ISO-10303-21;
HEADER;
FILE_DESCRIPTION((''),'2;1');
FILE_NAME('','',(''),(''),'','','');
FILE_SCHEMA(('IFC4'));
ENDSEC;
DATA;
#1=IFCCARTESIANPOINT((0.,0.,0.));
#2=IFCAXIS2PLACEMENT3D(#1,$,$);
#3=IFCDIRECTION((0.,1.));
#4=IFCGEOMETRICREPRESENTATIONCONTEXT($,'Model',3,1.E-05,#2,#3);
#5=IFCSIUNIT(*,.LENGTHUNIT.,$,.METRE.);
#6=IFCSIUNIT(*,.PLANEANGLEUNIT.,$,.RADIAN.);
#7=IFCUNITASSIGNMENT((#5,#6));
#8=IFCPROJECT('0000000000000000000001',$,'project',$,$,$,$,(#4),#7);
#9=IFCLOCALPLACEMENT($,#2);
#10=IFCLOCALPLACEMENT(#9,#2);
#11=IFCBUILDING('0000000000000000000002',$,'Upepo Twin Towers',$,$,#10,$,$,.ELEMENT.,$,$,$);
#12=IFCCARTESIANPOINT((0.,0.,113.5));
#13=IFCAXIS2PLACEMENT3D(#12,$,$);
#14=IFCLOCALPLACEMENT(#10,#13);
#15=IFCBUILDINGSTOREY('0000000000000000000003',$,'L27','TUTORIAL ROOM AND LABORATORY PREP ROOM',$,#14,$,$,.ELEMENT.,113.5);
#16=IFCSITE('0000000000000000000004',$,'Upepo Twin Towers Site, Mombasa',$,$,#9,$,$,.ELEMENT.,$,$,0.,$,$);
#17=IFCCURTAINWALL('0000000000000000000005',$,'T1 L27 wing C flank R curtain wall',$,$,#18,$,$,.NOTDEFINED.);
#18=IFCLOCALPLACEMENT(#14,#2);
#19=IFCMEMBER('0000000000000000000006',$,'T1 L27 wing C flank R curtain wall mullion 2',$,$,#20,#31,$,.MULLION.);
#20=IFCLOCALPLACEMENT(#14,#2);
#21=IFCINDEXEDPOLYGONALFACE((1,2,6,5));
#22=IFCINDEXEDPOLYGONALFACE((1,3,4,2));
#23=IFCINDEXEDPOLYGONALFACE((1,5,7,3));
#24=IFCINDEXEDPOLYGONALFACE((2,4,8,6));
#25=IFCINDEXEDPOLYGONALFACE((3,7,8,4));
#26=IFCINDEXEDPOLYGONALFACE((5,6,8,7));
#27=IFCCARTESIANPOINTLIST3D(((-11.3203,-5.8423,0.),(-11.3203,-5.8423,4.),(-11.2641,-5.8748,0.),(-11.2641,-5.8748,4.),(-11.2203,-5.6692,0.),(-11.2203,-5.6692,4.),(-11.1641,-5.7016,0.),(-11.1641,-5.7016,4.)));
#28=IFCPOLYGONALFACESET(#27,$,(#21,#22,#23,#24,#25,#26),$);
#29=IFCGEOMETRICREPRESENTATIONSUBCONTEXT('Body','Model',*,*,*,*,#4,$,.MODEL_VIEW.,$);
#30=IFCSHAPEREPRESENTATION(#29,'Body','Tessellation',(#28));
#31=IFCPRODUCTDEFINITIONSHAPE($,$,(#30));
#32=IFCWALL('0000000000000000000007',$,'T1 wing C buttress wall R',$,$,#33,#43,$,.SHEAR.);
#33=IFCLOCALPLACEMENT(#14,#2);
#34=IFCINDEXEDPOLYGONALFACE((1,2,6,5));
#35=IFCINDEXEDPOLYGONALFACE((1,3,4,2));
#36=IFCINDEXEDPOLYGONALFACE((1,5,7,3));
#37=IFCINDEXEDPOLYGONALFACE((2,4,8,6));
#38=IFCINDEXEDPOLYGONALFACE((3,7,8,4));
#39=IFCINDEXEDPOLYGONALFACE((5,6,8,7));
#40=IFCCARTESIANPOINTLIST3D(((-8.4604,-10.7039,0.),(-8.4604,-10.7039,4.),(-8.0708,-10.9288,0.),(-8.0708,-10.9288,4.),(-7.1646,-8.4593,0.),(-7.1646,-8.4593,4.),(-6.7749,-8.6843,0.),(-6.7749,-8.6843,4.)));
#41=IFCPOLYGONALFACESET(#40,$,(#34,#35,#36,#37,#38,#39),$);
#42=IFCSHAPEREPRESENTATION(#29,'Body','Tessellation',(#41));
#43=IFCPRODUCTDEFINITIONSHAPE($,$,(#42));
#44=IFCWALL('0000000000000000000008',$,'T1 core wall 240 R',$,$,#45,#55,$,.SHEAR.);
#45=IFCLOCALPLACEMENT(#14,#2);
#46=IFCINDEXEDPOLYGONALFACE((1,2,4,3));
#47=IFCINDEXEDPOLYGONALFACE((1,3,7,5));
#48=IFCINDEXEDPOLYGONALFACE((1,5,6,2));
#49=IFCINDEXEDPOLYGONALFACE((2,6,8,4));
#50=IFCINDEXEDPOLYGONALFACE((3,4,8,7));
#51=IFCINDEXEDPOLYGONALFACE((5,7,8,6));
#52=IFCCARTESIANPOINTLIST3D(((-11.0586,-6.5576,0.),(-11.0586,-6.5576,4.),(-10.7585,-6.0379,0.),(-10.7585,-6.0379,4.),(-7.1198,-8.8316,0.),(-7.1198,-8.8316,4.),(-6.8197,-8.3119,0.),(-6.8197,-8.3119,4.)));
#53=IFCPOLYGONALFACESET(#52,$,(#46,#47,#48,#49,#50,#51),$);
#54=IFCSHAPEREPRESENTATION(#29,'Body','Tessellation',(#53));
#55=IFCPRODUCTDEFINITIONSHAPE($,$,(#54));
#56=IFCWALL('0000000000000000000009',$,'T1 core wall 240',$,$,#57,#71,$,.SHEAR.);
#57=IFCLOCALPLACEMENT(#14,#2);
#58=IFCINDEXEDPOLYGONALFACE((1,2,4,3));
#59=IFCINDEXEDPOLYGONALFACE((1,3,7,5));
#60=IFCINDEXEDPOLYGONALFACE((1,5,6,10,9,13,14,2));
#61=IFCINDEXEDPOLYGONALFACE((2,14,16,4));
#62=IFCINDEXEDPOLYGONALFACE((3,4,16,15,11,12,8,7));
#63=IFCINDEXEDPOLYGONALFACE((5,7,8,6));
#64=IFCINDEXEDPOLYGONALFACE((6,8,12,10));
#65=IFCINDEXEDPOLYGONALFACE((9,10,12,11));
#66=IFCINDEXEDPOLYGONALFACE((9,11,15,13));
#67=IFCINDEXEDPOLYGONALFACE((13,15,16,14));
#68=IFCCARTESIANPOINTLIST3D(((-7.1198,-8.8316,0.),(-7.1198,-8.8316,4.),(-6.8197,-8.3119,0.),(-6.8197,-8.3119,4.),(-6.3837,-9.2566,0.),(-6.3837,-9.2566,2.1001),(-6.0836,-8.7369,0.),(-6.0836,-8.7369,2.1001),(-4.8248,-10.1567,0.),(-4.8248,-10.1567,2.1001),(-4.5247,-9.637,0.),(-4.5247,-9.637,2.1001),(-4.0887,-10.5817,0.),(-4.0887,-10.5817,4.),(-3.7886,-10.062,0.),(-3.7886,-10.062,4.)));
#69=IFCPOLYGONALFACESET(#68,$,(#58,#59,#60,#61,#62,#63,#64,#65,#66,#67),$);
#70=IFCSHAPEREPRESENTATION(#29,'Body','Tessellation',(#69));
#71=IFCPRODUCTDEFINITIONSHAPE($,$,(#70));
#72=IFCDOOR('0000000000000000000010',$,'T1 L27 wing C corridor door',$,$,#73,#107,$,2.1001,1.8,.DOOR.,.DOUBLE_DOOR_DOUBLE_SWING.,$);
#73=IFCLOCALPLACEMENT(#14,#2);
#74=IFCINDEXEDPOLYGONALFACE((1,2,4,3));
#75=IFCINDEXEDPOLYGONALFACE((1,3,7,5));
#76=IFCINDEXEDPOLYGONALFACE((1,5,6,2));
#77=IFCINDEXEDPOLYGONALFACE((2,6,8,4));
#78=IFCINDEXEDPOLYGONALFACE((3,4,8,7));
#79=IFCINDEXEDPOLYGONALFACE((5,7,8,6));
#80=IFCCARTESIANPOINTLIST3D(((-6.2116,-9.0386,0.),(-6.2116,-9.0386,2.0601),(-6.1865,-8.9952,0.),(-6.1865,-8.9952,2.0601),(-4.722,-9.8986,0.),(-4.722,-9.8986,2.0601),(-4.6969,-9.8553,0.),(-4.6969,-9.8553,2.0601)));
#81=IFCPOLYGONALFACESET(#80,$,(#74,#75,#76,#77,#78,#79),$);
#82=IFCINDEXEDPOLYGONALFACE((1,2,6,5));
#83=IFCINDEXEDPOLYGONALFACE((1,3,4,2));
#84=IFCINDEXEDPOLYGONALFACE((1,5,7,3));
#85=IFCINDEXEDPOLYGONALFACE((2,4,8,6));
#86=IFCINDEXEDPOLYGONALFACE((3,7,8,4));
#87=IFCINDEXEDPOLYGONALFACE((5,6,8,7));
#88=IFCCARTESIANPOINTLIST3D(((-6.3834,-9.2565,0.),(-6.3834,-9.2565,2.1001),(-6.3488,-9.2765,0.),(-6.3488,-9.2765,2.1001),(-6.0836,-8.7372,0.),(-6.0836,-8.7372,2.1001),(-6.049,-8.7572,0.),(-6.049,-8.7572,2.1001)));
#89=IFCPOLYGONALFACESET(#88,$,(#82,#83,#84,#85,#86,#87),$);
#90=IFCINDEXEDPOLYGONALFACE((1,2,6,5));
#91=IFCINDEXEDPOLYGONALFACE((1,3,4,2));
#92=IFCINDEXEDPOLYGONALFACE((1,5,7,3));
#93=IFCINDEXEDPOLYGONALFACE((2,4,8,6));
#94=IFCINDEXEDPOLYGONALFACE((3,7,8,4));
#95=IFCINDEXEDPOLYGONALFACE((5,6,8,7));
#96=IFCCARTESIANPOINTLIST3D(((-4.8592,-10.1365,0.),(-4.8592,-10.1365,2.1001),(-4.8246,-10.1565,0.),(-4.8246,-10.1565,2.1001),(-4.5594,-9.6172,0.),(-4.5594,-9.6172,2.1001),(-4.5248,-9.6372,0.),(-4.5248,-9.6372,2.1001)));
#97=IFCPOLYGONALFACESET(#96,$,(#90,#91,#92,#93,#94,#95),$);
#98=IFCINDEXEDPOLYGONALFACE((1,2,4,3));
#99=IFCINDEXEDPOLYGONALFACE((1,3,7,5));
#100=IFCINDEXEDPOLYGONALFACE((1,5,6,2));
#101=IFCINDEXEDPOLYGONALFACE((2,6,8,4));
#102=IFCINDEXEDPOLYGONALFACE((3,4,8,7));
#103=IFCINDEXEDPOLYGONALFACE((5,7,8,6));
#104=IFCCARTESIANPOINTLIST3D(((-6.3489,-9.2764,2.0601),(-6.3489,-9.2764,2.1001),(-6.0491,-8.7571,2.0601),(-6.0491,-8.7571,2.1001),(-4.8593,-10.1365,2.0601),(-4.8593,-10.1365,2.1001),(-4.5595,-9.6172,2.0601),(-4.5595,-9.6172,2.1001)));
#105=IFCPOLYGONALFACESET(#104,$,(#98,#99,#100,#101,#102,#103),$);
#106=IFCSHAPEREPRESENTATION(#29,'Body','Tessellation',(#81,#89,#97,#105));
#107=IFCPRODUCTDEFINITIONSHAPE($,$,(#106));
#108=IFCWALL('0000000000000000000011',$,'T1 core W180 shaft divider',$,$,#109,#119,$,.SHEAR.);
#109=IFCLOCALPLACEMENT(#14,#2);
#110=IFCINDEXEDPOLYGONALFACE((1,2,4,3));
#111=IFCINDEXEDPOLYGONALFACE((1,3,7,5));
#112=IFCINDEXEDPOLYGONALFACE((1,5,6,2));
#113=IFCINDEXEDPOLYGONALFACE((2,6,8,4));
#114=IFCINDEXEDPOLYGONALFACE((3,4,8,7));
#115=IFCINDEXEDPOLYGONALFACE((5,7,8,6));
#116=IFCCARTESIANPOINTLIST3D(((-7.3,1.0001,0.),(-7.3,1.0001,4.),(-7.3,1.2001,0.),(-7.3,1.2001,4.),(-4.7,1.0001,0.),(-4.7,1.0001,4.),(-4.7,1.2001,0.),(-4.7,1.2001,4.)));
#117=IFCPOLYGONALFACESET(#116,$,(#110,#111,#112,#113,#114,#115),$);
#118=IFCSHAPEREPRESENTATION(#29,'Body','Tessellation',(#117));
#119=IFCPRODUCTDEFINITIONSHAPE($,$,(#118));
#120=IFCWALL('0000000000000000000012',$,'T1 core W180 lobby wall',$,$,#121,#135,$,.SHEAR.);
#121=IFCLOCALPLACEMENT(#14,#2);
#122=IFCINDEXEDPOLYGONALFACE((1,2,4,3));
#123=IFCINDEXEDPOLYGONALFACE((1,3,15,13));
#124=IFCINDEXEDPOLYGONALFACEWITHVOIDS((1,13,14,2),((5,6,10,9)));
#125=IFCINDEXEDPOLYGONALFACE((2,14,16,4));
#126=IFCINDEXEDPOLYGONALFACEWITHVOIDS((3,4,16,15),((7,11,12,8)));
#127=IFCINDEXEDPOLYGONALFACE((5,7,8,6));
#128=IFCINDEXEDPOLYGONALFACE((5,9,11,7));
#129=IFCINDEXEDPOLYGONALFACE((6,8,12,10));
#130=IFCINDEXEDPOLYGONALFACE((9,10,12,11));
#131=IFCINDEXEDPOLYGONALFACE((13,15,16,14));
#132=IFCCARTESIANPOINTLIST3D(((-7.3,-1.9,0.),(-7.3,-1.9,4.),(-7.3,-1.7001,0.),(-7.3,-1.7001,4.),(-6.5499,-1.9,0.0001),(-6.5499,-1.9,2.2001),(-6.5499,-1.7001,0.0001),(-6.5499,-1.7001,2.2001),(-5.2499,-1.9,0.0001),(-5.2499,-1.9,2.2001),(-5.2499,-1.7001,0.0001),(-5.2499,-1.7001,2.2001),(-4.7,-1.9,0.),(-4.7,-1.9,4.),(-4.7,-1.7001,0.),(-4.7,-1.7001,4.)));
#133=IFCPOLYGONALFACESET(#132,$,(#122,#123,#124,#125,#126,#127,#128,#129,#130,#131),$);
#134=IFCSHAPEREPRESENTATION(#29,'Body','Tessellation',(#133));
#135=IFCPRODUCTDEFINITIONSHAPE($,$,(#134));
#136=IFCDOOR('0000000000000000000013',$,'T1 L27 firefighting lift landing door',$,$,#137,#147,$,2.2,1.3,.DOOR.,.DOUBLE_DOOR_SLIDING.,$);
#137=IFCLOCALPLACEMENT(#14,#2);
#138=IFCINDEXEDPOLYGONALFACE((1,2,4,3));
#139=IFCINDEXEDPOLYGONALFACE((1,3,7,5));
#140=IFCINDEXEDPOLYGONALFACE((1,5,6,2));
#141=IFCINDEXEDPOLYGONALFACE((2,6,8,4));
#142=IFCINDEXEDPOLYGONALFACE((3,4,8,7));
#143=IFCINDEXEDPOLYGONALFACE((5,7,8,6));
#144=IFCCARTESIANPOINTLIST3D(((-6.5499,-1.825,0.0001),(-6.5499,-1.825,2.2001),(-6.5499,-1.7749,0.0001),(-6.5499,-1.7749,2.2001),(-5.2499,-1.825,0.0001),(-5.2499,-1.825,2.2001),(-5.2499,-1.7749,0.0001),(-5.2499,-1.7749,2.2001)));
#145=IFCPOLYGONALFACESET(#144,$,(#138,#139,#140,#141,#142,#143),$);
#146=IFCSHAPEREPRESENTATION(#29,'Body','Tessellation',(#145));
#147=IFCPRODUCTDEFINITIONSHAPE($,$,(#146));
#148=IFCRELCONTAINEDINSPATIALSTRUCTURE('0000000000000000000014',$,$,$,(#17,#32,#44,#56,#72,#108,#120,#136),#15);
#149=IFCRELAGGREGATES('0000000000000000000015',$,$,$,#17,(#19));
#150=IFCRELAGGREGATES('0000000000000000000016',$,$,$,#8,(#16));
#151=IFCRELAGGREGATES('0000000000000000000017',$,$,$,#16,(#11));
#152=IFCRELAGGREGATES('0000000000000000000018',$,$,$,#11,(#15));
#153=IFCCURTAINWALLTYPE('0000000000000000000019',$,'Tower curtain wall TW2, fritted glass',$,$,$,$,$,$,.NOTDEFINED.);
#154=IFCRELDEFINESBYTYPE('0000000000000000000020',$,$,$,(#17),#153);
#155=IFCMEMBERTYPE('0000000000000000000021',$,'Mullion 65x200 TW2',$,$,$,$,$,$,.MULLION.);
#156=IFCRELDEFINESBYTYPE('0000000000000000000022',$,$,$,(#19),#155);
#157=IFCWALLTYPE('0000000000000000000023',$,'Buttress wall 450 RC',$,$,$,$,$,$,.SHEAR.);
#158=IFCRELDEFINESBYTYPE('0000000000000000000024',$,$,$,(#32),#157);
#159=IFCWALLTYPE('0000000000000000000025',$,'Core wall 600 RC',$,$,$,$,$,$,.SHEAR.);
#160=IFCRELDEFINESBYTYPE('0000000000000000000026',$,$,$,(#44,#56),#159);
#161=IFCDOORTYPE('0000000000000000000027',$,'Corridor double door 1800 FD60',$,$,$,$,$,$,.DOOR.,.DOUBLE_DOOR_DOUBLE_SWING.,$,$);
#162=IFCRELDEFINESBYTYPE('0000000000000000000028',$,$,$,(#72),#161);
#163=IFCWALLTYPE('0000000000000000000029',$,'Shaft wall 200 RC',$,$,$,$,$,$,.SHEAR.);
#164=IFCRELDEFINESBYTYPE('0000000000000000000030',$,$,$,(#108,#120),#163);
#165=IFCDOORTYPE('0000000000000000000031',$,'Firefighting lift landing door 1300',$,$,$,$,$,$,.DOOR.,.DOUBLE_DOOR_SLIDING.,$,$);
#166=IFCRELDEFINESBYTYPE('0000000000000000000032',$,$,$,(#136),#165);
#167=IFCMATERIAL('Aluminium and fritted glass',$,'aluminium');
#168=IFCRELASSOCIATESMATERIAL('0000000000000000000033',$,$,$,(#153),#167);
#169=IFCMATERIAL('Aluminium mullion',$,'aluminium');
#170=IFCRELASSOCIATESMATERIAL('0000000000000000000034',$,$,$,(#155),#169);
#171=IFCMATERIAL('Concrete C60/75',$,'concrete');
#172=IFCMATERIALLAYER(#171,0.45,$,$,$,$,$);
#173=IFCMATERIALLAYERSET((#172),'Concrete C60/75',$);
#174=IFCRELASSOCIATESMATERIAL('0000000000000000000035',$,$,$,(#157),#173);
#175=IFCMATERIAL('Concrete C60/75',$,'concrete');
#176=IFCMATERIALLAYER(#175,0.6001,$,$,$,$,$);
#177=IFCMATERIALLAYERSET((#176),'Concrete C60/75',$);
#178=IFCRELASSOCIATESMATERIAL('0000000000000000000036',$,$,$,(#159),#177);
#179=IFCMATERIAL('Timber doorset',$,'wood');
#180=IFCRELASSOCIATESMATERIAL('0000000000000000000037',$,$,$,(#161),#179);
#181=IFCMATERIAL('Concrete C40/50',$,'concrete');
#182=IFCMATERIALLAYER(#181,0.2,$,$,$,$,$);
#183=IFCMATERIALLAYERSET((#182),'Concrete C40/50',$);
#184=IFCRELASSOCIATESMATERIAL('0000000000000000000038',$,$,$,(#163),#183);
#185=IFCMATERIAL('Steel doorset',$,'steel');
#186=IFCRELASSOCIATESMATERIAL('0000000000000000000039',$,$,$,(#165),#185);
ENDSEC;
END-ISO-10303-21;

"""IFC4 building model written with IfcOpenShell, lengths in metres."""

from ifc_helpers import new_model, si_unit, direction, frame, frame_2d, origin, origin_2d, place, context, subcontext, project, spatial, rectangle, extrude, material, layer, layer_set, material_profile, profile_set, type_object, element, fill, aggregate, save


model = new_model("IFC4")

# Units and contexts
model_context = context("Model", 3, precision=1e-05, world=origin(), true_north=direction((0.0, 1.0)))
body_context = subcontext(model_context, "Body", "Model", "MODEL_VIEW")
ifc_project = project(units=[si_unit("LENGTHUNIT", "METRE"), si_unit("PLANEANGLEUNIT", "RADIAN")], contexts=[model_context])

# Site, building, storey
site_placement = place(None, origin())
site = spatial("IfcSite", under=ifc_project, at=site_placement, Name="Upepo Twin Towers Site, Mombasa", CompositionType="ELEMENT", RefElevation=0.0)
building_placement = place(site_placement, origin())
building = spatial("IfcBuilding", under=site, at=building_placement, Name="Upepo Twin Towers", CompositionType="ELEMENT")
storey_placement = place(building_placement, frame((0.0, 0.0, 113.5)))
storey = spatial("IfcBuildingStorey", under=building, at=storey_placement, Name="L27", Description="TUTORIAL ROOM AND LABORATORY PREP ROOM", CompositionType="ELEMENT", Elevation=113.5)

# Curtain wall, member
ifc_material_1 = material(Name="Aluminium and fritted glass", Category="aluminium")
curtain_wall_type = type_object("IfcCurtainWallType", Name="Tower curtain wall TW2, fritted glass", PredefinedType="NOTDEFINED", material=ifc_material_1)
curtain_wall_placement = place(storey_placement, origin())
curtain_wall = element("IfcCurtainWall", 1, at=curtain_wall_placement, inside=storey, type_object=curtain_wall_type, Name="T1 L27 wing C flank R curtain wall", PredefinedType="NOTDEFINED")
ifc_material_2 = material(Name="Aluminium mullion", Category="aluminium")
ifc_material_profile = material_profile(ifc_material_2, rectangle(XDim=0.0649, YDim=0.2, at=origin_2d()), Name="MULLION 65x200")
ifc_profile_set = profile_set([ifc_material_profile], Name="Aluminium mullion")
member_type = type_object("IfcMemberType", Name="Mullion 65x200 TW2", PredefinedType="MULLION", material=ifc_profile_set)
member_placement = place(storey_placement, frame((-11.2422, -5.772, 0.0), z_axis=(0.0, 0.0, 1.0), x_axis=(-0.866025, 0.5, 0.0)))
member = element("IfcMember", 2, at=member_placement, type_object=member_type, Name="T1 L27 wing C flank R curtain wall mullion 2", PredefinedType="MULLION", context=body_context, shape_type="SweptSolid", body=[
    extrude(rectangle(XDim=0.0649, YDim=0.2, at=origin_2d()), origin(), (0.0, 0.0, 1.0), 4.0),
])
aggregate(curtain_wall, [member])

# Walls
ifc_material_3 = material(Name="Concrete C60/75", Category="concrete")
ifc_layer_1 = layer(ifc_material_3, 0.45)
ifc_layer_set_1 = layer_set([ifc_layer_1], Name="Concrete C60/75")
wall_type_1 = type_object("IfcWallType", Name="Buttress wall 450 RC", PredefinedType="SHEAR", material=ifc_layer_set_1)
wall_1_placement = place(storey_placement, frame((-6.9697, -8.5718, 0.0), z_axis=(0.0, 0.0, 1.0), x_axis=(-0.499989, -0.866032, 0.0)))
element("IfcWall", 3, at=wall_1_placement, inside=storey, type_object=wall_type_1, Name="T1 wing C buttress wall R", PredefinedType="SHEAR", context=body_context, shape_type="SweptSolid", body=[
    extrude(rectangle(XDim=2.5918, YDim=0.45, at=frame_2d((1.2959, 0.0))), origin(), (0.0, 0.0, 1.0), 4.0),
])
ifc_material_4 = material(Name="Concrete C60/75", Category="concrete")
ifc_layer_2 = layer(ifc_material_4, 0.6001)
ifc_layer_set_2 = layer_set([ifc_layer_2], Name="Concrete C60/75")
wall_type_2 = type_object("IfcWallType", Name="Core wall 600 RC", PredefinedType="SHEAR", material=ifc_layer_set_2)
wall_2_placement = place(storey_placement, frame((-10.9084, -6.2979, 0.0), z_axis=(0.0, 0.0, 1.0), x_axis=(0.866035, -0.499984, 0.0)))
element("IfcWall", 4, at=wall_2_placement, inside=storey, type_object=wall_type_2, Name="T1 core wall 240 R", PredefinedType="SHEAR", context=body_context, shape_type="SweptSolid", body=[
    extrude(rectangle(XDim=4.5481, YDim=0.6001, at=frame_2d((2.2739, 0.0))), origin(), (0.0, 0.0, 1.0), 4.0),
])

# Wall, opening, door
wall_3_placement = place(storey_placement, frame((-6.9697, -8.5718, 0.0), z_axis=(0.0, 0.0, 1.0), x_axis=(0.866019, -0.50001, 0.0)))
wall_3 = element("IfcWall", 5, at=wall_3_placement, inside=storey, type_object=wall_type_2, Name="T1 core wall 240", PredefinedType="SHEAR", context=body_context, shape_type="SweptSolid", body=[
    extrude(rectangle(XDim=3.5, YDim=0.6001, at=frame_2d((1.75, 0.0))), origin(), (0.0, 0.0, 1.0), 4.0),
])
opening_1_placement = place(wall_3_placement, frame((0.8501, 0.0, 0.0)))
opening_1 = element("IfcOpeningElement", 6, at=opening_1_placement, cuts=wall_3, PredefinedType="OPENING", context=body_context, shape_type="SweptSolid", body=[
    extrude(rectangle(XDim=1.8, YDim=2.1001, at=frame_2d((0.8999, 1.05))), frame((0.0, 0.3101, 0.0), z_axis=(0.0, -1.0, 0.0), x_axis=(1.0, 0.0, 0.0)), (0.0, 0.0, 1.0), 0.6201),
])
ifc_material_5 = material(Name="Timber doorset", Category="wood")
door_type_1 = type_object("IfcDoorType", Name="Corridor double door 1800 FD60", OperationType="DOUBLE_DOOR_DOUBLE_SWING", PredefinedType="DOOR", material=ifc_material_5)
door_1_placement = place(opening_1_placement, origin())
door_1 = element("IfcDoor", 7, at=door_1_placement, inside=storey, type_object=door_type_1, Name="T1 L27 wing C corridor door", OperationType="DOUBLE_DOOR_DOUBLE_SWING", OverallHeight=2.1001, OverallWidth=1.8, PredefinedType="DOOR", context=body_context, shape_type="SweptSolid", body=[
    extrude(rectangle(XDim=1.72, YDim=2.0601, at=frame_2d((0.8999, 1.03))), frame((0.0, 0.0249, 0.0), z_axis=(0.0, -1.0, 0.0), x_axis=(1.0, 0.0, 0.0)), (0.0, 0.0, 1.0), 0.05),
    extrude(rectangle(XDim=0.04, YDim=2.1001, at=frame_2d((0.02, 1.05))), frame((0.0, 0.2998, 0.0), z_axis=(0.0, -1.0, 0.0), x_axis=(1.0, 0.0, 0.0)), (0.0, 0.0, 1.0), 0.5996),
    extrude(rectangle(XDim=0.04, YDim=2.1001, at=frame_2d((1.78, 1.05))), frame((0.0, 0.2998, 0.0), z_axis=(0.0, -1.0, 0.0), x_axis=(1.0, 0.0, 0.0)), (0.0, 0.0, 1.0), 0.5996),
    extrude(rectangle(XDim=1.72, YDim=0.04, at=frame_2d((0.8999, 2.0801))), frame((0.0, 0.2998, 0.0), z_axis=(0.0, -1.0, 0.0), x_axis=(1.0, 0.0, 0.0)), (0.0, 0.0, 1.0), 0.5996),
])
fill(opening_1, door_1)

# Wall
ifc_material_6 = material(Name="Concrete C40/50", Category="concrete")
ifc_layer_3 = layer(ifc_material_6, 0.2)
ifc_layer_set_3 = layer_set([ifc_layer_3], Name="Concrete C40/50")
wall_type_3 = type_object("IfcWallType", Name="Shaft wall 200 RC", PredefinedType="SHEAR", material=ifc_layer_set_3)
wall_4_placement = place(storey_placement, frame((-4.7, 1.1001, 0.0), z_axis=(0.0, 0.0, 1.0), x_axis=(-1.0, 0.0, 0.0)))
element("IfcWall", 8, at=wall_4_placement, inside=storey, type_object=wall_type_3, Name="T1 core W180 shaft divider", PredefinedType="SHEAR", context=body_context, shape_type="SweptSolid", body=[
    extrude(rectangle(XDim=2.6001, YDim=0.2, at=frame_2d((1.3, 0.0))), origin(), (0.0, 0.0, 1.0), 4.0),
])

# Wall, opening, door
wall_5_placement = place(storey_placement, frame((-4.7, -1.8, 0.0), z_axis=(0.0, 0.0, 1.0), x_axis=(-1.0, 0.0, 0.0)))
wall_5 = element("IfcWall", 9, at=wall_5_placement, inside=storey, type_object=wall_type_3, Name="T1 core W180 lobby wall", PredefinedType="SHEAR", context=body_context, shape_type="SweptSolid", body=[
    extrude(rectangle(XDim=2.6001, YDim=0.2, at=frame_2d((1.3, 0.0))), origin(), (0.0, 0.0, 1.0), 4.0),
])
opening_2_placement = place(wall_5_placement, frame((0.55, 0.0, 0.0)))
opening_2 = element("IfcOpeningElement", 10, at=opening_2_placement, cuts=wall_5, PredefinedType="OPENING", context=body_context, shape_type="SweptSolid", body=[
    extrude(rectangle(XDim=1.3, YDim=2.2, at=frame_2d((0.6499, 1.1001))), frame((0.0, 0.1099, 0.0), z_axis=(0.0, -1.0, 0.0), x_axis=(1.0, 0.0, 0.0)), (0.0, 0.0, 1.0), 0.22),
])
ifc_material_7 = material(Name="Steel doorset", Category="steel")
door_type_2 = type_object("IfcDoorType", Name="Firefighting lift landing door 1300", OperationType="DOUBLE_DOOR_SLIDING", PredefinedType="DOOR", material=ifc_material_7)
door_2_placement = place(opening_2_placement, origin())
door_2 = element("IfcDoor", 11, at=door_2_placement, inside=storey, type_object=door_type_2, Name="T1 L27 firefighting lift landing door", OperationType="DOUBLE_DOOR_SLIDING", OverallHeight=2.2, OverallWidth=1.3, PredefinedType="DOOR", context=body_context, shape_type="SweptSolid", body=[
    extrude(rectangle(XDim=1.3, YDim=2.2, at=frame_2d((0.6499, 1.1001))), frame((0.0, 0.0249, 0.0), z_axis=(0.0, -1.0, 0.0), x_axis=(1.0, 0.0, 0.0)), (0.0, 0.0, 1.0), 0.05),
])
fill(opening_2, door_2)

save(model, "model.ifc")
